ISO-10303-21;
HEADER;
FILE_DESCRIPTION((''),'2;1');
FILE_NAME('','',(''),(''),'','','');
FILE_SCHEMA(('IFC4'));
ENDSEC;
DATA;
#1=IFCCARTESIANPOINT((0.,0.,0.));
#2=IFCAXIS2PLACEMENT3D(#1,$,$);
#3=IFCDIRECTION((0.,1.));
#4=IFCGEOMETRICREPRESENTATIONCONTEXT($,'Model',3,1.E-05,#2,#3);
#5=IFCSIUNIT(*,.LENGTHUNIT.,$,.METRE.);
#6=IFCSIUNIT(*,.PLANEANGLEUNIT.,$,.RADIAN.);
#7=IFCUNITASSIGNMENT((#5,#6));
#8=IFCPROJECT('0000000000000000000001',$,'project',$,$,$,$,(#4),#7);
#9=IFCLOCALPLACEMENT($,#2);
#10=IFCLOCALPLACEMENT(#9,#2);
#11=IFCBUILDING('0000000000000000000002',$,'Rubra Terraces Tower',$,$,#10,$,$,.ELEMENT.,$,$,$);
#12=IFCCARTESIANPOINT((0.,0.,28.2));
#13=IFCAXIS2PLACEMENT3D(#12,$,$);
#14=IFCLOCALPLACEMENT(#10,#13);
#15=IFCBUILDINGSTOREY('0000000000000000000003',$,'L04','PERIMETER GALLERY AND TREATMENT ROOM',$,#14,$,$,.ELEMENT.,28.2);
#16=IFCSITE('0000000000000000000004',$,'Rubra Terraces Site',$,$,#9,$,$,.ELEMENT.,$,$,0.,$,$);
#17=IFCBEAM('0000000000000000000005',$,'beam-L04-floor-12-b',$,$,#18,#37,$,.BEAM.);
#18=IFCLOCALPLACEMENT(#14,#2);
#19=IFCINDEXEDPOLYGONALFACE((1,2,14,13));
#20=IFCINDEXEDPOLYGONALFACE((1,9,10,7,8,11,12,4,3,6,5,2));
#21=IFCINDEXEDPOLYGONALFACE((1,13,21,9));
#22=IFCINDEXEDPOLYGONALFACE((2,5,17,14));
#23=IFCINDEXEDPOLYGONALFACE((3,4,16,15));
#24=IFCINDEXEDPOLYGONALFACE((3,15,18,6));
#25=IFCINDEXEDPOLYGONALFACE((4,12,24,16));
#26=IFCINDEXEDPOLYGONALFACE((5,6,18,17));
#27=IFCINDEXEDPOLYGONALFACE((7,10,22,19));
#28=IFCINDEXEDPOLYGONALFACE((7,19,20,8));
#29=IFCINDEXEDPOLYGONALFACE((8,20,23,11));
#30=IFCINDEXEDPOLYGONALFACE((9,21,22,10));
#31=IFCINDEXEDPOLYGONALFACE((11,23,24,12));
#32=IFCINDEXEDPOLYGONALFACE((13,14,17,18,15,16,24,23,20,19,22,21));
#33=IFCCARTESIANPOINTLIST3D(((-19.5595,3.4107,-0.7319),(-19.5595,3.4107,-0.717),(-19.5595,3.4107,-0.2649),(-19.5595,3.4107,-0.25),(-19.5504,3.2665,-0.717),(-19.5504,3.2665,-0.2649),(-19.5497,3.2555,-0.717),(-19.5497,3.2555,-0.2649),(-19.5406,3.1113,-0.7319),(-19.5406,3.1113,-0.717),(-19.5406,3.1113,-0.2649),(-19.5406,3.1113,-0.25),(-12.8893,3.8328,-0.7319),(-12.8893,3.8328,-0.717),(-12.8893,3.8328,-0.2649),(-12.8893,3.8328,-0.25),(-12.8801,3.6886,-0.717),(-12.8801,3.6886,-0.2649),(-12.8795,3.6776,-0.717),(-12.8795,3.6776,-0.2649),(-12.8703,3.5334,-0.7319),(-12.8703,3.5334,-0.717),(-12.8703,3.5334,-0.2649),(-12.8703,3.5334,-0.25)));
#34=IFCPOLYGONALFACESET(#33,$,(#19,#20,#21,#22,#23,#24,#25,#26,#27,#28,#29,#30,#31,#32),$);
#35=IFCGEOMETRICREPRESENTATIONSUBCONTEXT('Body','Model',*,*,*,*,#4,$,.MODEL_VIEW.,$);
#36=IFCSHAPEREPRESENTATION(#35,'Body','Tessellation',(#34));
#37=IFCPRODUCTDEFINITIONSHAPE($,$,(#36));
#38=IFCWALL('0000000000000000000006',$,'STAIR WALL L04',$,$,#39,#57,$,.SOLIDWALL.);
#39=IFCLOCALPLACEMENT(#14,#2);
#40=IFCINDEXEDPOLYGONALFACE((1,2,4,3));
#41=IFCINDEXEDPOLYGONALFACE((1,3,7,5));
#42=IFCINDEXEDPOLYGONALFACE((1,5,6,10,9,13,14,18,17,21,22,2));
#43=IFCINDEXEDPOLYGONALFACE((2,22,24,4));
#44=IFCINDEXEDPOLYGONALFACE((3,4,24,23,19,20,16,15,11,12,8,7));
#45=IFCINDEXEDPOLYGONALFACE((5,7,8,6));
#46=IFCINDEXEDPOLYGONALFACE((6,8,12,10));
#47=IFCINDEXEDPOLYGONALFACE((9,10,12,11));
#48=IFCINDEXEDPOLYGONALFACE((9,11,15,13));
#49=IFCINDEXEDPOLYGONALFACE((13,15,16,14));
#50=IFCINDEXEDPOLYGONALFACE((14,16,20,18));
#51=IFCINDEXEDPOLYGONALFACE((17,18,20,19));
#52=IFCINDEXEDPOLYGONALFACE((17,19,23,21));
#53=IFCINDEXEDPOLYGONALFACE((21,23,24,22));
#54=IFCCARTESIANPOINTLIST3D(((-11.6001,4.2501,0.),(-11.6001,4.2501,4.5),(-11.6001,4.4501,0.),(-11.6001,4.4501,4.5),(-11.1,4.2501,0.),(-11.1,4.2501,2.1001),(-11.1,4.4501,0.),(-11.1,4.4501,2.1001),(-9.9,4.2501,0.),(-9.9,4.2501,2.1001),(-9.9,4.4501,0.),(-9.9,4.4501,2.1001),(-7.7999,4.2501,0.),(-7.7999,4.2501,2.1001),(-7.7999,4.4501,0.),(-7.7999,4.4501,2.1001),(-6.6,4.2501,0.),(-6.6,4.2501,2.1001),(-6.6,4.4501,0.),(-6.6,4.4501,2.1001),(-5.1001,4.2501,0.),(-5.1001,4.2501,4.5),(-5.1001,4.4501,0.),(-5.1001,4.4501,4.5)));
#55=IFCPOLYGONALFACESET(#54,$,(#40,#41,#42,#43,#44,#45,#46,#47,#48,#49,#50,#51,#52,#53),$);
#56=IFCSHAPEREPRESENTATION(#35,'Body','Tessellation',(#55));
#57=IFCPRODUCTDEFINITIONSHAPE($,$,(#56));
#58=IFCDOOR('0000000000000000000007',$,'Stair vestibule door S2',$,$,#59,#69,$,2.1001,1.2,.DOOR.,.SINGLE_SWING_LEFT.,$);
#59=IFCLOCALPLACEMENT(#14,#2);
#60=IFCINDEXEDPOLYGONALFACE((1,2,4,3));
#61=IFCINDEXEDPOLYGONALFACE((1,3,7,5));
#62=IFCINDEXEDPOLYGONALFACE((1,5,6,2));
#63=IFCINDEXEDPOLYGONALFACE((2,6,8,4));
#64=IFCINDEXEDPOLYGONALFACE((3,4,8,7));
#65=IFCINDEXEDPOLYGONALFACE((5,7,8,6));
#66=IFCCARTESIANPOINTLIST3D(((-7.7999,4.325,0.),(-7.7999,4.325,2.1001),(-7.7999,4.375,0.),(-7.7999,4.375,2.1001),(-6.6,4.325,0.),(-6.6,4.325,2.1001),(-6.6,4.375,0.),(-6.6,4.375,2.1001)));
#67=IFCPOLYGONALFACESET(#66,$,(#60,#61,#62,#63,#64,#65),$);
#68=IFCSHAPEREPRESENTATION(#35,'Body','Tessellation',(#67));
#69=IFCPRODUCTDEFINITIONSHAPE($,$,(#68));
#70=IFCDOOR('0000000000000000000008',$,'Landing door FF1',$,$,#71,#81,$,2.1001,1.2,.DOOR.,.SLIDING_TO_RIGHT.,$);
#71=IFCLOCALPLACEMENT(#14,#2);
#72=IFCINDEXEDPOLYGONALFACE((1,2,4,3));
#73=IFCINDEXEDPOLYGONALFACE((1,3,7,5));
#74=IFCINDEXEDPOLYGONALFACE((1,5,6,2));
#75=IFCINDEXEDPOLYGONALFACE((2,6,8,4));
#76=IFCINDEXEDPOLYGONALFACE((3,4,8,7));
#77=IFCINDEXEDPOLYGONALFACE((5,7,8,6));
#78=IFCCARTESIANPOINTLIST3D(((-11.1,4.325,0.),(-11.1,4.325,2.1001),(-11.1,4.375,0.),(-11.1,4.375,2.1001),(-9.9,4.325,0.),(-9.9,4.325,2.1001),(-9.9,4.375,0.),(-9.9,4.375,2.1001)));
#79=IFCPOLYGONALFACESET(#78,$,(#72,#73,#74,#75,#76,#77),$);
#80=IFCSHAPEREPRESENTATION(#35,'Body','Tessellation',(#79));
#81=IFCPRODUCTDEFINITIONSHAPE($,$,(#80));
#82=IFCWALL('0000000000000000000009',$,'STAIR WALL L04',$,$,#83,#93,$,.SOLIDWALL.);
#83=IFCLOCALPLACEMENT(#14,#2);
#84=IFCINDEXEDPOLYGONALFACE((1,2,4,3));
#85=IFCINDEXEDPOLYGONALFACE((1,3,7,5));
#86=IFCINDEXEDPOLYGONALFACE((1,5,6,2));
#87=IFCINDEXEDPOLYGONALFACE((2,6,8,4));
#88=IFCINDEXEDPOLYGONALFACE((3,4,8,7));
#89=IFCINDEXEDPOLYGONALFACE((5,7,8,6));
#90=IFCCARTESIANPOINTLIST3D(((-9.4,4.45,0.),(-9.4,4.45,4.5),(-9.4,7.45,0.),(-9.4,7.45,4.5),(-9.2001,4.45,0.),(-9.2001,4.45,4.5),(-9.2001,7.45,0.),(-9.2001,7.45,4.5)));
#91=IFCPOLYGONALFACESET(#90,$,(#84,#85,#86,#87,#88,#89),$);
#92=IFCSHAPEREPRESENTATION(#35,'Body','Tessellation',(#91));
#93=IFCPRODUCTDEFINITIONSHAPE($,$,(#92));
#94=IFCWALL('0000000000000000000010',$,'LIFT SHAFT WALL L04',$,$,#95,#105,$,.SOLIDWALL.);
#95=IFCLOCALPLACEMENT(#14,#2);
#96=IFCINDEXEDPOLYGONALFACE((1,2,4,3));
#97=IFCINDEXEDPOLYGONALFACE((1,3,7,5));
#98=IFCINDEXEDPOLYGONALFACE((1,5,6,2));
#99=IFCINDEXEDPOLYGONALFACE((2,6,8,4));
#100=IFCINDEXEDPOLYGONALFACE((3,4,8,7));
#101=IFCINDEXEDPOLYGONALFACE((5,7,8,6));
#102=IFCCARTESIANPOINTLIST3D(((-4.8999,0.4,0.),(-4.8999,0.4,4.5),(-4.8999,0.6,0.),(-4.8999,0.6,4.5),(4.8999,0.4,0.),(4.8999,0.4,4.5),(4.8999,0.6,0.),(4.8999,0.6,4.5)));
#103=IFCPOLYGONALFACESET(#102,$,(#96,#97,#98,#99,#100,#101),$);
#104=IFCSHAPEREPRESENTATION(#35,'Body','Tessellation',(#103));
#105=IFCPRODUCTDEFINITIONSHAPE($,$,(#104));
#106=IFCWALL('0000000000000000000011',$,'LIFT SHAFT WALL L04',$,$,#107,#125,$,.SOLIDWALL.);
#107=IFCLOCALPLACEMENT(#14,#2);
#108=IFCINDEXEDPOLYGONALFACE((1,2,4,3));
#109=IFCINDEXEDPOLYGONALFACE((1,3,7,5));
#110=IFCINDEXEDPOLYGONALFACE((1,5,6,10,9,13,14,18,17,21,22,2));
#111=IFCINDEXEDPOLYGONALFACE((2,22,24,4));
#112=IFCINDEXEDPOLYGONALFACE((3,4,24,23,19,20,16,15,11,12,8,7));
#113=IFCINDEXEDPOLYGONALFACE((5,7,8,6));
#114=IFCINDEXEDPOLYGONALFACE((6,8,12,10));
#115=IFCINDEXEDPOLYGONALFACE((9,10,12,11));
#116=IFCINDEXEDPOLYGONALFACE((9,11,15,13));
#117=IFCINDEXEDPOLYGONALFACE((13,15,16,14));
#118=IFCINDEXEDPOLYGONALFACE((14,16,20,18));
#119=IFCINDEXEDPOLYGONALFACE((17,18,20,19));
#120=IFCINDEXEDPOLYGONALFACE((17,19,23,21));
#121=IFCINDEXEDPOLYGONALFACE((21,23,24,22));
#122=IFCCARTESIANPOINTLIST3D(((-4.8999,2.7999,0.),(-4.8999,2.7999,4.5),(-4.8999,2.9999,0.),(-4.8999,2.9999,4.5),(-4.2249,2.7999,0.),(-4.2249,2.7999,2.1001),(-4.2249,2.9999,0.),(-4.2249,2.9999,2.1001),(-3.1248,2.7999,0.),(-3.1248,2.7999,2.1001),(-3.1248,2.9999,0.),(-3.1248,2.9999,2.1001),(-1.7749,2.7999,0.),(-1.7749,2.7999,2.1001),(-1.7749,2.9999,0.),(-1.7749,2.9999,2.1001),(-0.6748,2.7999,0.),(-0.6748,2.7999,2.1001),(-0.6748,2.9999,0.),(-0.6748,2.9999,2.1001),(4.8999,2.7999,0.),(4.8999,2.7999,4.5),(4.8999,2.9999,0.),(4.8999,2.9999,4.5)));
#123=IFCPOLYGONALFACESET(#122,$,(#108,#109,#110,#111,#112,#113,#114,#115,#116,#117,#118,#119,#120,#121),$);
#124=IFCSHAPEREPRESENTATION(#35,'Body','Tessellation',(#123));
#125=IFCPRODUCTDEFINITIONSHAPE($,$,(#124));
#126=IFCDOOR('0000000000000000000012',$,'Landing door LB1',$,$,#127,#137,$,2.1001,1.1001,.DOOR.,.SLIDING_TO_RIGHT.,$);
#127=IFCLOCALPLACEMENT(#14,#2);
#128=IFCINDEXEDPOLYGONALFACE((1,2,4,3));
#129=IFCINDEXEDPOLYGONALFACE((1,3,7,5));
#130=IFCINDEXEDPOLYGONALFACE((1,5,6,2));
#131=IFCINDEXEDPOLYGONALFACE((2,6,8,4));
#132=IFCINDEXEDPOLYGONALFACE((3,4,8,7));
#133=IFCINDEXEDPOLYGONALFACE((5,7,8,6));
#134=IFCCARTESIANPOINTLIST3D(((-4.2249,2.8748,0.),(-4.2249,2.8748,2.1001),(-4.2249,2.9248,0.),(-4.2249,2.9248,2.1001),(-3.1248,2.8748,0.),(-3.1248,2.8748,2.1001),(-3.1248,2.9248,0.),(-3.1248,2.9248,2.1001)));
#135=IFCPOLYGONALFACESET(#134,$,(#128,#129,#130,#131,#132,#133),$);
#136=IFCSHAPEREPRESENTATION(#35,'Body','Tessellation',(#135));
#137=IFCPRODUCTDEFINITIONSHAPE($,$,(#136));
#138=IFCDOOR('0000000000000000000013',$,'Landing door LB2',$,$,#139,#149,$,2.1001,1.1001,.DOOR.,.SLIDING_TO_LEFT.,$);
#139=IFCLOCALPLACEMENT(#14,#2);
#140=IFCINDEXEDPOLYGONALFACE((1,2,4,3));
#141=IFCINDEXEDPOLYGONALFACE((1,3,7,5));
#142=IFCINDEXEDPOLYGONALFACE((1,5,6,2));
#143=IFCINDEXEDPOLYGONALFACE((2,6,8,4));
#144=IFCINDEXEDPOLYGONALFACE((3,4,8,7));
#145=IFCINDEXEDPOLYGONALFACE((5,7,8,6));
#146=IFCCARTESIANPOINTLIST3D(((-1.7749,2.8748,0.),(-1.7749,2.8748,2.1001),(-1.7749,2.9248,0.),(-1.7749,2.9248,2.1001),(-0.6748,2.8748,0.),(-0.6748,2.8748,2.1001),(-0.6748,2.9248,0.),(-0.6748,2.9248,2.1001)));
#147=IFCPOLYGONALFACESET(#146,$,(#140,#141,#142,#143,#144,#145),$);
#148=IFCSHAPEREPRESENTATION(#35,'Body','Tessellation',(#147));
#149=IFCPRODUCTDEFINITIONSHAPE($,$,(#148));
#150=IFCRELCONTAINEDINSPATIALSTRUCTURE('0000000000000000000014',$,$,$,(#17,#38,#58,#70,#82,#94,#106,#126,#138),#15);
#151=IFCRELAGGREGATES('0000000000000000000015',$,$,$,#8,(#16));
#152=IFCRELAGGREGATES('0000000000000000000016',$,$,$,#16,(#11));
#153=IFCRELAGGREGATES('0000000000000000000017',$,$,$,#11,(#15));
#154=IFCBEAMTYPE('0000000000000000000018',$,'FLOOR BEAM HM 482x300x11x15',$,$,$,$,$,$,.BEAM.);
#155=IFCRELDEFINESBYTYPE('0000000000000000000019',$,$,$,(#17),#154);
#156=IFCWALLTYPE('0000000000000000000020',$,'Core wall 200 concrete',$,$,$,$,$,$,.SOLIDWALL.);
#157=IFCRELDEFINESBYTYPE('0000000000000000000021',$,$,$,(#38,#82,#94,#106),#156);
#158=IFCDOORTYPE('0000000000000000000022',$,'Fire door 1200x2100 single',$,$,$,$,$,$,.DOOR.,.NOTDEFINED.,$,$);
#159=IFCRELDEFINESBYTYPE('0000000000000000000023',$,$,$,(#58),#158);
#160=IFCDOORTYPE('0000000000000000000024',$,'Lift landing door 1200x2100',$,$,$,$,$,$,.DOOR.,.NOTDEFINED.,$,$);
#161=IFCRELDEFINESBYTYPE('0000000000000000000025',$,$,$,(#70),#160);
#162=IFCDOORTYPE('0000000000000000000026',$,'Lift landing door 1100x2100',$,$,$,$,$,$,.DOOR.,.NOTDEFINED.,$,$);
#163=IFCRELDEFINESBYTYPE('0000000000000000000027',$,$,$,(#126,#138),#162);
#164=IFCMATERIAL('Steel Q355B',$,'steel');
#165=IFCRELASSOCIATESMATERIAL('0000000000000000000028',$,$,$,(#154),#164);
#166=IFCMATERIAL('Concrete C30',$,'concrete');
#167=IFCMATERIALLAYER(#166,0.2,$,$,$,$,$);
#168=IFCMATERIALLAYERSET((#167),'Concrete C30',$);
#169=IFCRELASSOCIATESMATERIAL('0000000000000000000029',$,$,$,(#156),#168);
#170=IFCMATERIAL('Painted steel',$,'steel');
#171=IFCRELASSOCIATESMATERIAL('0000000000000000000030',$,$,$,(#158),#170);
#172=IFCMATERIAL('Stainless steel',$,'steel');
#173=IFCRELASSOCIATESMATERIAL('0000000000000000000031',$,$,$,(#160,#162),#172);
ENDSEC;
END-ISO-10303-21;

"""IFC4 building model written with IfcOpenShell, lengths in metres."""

from ifc_helpers import new_model, si_unit, direction, frame, frame_2d, origin, origin_2d, place, context, subcontext, project, spatial, rectangle, i_section, extrude, material, layer, layer_set, material_profile, profile_set, type_object, element, fill, save


model = new_model("IFC4")

# Units and contexts
model_context = context("Model", 3, precision=1e-05, world=origin(), true_north=direction((0.0, 1.0)))
body_context = subcontext(model_context, "Body", "Model", "MODEL_VIEW")
ifc_project = project(units=[si_unit("LENGTHUNIT", "METRE"), si_unit("PLANEANGLEUNIT", "RADIAN")], contexts=[model_context])

# Site, building, storey
site_placement = place(None, origin())
site = spatial("IfcSite", under=ifc_project, at=site_placement, Name="Rubra Terraces Site", CompositionType="ELEMENT", RefElevation=0.0)
building_placement = place(site_placement, origin())
building = spatial("IfcBuilding", under=site, at=building_placement, Name="Rubra Terraces Tower", CompositionType="ELEMENT")
storey_placement = place(building_placement, frame((0.0, 0.0, 28.2)))
storey = spatial("IfcBuildingStorey", under=building, at=storey_placement, Name="L04", Description="PERIMETER GALLERY AND TREATMENT ROOM", CompositionType="ELEMENT", Elevation=28.2)

# Beam
ifc_material_1 = material(Name="Steel Q355B", Category="steel")
ifc_material_profile = material_profile(ifc_material_1, i_section(OverallWidth=0.3, OverallDepth=0.4819, WebThickness=0.011, FlangeThickness=0.0149, at=origin_2d()), Name="HM 482x300x11x15")
ifc_profile_set = profile_set([ifc_material_profile], Name="Steel Q355B")
beam_type = type_object("IfcBeamType", Name="FLOOR BEAM HM 482x300x11x15", PredefinedType="BEAM", material=ifc_profile_set)
beam_placement = place(storey_placement, frame((-19.55, 3.261, -0.491), z_axis=(0.998004, 0.063158, 0.0), x_axis=(-0.063158, 0.998004, 0.0)))
element("IfcBeam", 1, at=beam_placement, inside=storey, type_object=beam_type, Name="beam-L04-floor-12-b", PredefinedType="BEAM", context=body_context, shape_type="SweptSolid", body=[
    extrude(i_section(OverallWidth=0.3, OverallDepth=0.4819, WebThickness=0.011, FlangeThickness=0.0149, at=origin_2d()), origin(), (0.0, 0.0, 1.0), 6.6836),
])

# Wall, openings, doors
ifc_material_2 = material(Name="Concrete C30", Category="concrete")
ifc_layer_1 = layer(ifc_material_2, 0.2)
ifc_layer_set_1 = layer_set([ifc_layer_1], Name="Concrete C30")
wall_type_1 = type_object("IfcWallType", Name="Core wall 200 concrete", PredefinedType="SOLIDWALL", material=ifc_layer_set_1)
wall_1_placement = place(storey_placement, frame((-11.6001, 4.3501, 0.0), z_axis=(0.0, 0.0, 1.0), x_axis=(1.0, 0.0, 0.0)))
wall_1 = element("IfcWall", 2, at=wall_1_placement, inside=storey, type_object=wall_type_1, Name="STAIR WALL L04", PredefinedType="SOLIDWALL", context=body_context, shape_type="SweptSolid", body=[
    extrude(rectangle(XDim=6.5, YDim=0.2, at=frame_2d((3.25, 0.0))), origin(), (0.0, 0.0, 1.0), 4.5),
])
opening_1_placement = place(wall_1_placement, frame((3.8, 0.0, 0.0)))
opening_1 = element("IfcOpeningElement", 3, at=opening_1_placement, cuts=wall_1, PredefinedType="OPENING", context=body_context, shape_type="SweptSolid", body=[
    extrude(rectangle(XDim=1.2, YDim=2.1001, at=frame_2d((0.6001, 1.05))), frame((0.0, 0.1099, 0.0), z_axis=(0.0, -1.0, 0.0), x_axis=(1.0, 0.0, 0.0)), (0.0, 0.0, 1.0), 0.22),
])
opening_2_placement = place(wall_1_placement, frame((0.5, 0.0, 0.0)))
opening_2 = element("IfcOpeningElement", 4, at=opening_2_placement, cuts=wall_1, PredefinedType="OPENING", context=body_context, shape_type="SweptSolid", body=[
    extrude(rectangle(XDim=1.2, YDim=2.1001, at=frame_2d((0.6001, 1.05))), frame((0.0, 0.1099, 0.0), z_axis=(0.0, -1.0, 0.0), x_axis=(1.0, 0.0, 0.0)), (0.0, 0.0, 1.0), 0.22),
])
ifc_material_3 = material(Name="Painted steel", Category="steel")
door_type_1 = type_object("IfcDoorType", Name="Fire door 1200x2100 single", OperationType="NOTDEFINED", PredefinedType="DOOR", material=ifc_material_3)
door_1_placement = place(opening_1_placement, origin())
door_1 = element("IfcDoor", 5, at=door_1_placement, inside=storey, type_object=door_type_1, Name="Stair vestibule door S2", OperationType="SINGLE_SWING_LEFT", OverallHeight=2.1001, OverallWidth=1.2, PredefinedType="DOOR", context=body_context, shape_type="SweptSolid", body=[
    extrude(rectangle(XDim=1.2, YDim=2.1001, at=frame_2d((0.6001, 1.05))), frame((0.0, 0.0249, 0.0), z_axis=(0.0, -1.0, 0.0), x_axis=(1.0, 0.0, 0.0)), (0.0, 0.0, 1.0), 0.05),
])
fill(opening_1, door_1)
ifc_material_4 = material(Name="Stainless steel", Category="steel")
door_type_2 = type_object("IfcDoorType", Name="Lift landing door 1200x2100", OperationType="NOTDEFINED", PredefinedType="DOOR", material=ifc_material_4)
door_2_placement = place(opening_2_placement, origin())
door_2 = element("IfcDoor", 6, at=door_2_placement, inside=storey, type_object=door_type_2, Name="Landing door FF1", OperationType="SLIDING_TO_RIGHT", OverallHeight=2.1001, OverallWidth=1.2, PredefinedType="DOOR", context=body_context, shape_type="SweptSolid", body=[
    extrude(rectangle(XDim=1.2, YDim=2.1001, at=frame_2d((0.6001, 1.05))), frame((0.0, 0.0249, 0.0), z_axis=(0.0, -1.0, 0.0), x_axis=(1.0, 0.0, 0.0)), (0.0, 0.0, 1.0), 0.05),
])
fill(opening_2, door_2)

# Walls
wall_2_placement = place(storey_placement, frame((-9.3, 4.45, 0.0), z_axis=(0.0, 0.0, 1.0), x_axis=(0.0, 1.0, 0.0)))
element("IfcWall", 7, at=wall_2_placement, inside=storey, type_object=wall_type_1, Name="STAIR WALL L04", PredefinedType="SOLIDWALL", context=body_context, shape_type="SweptSolid", body=[
    extrude(rectangle(XDim=3.0, YDim=0.2, at=frame_2d((1.5, 0.0))), origin(), (0.0, 0.0, 1.0), 4.5),
])
wall_3_placement = place(storey_placement, frame((-4.8999, 0.5, 0.0), z_axis=(0.0, 0.0, 1.0), x_axis=(1.0, 0.0, 0.0)))
element("IfcWall", 8, at=wall_3_placement, inside=storey, type_object=wall_type_1, Name="LIFT SHAFT WALL L04", PredefinedType="SOLIDWALL", context=body_context, shape_type="SweptSolid", body=[
    extrude(rectangle(XDim=9.7998, YDim=0.2, at=frame_2d((4.8999, 0.0))), origin(), (0.0, 0.0, 1.0), 4.5),
])

# Wall, openings, doors
wall_4_placement = place(storey_placement, frame((-4.8999, 2.8999, 0.0), z_axis=(0.0, 0.0, 1.0), x_axis=(1.0, 0.0, 0.0)))
wall_4 = element("IfcWall", 9, at=wall_4_placement, inside=storey, type_object=wall_type_1, Name="LIFT SHAFT WALL L04", PredefinedType="SOLIDWALL", context=body_context, shape_type="SweptSolid", body=[
    extrude(rectangle(XDim=9.7998, YDim=0.2, at=frame_2d((4.8999, 0.0))), origin(), (0.0, 0.0, 1.0), 4.5),
])
opening_3_placement = place(wall_4_placement, frame((0.675, 0.0, 0.0)))
opening_3 = element("IfcOpeningElement", 10, at=opening_3_placement, cuts=wall_4, PredefinedType="OPENING", context=body_context, shape_type="SweptSolid", body=[
    extrude(rectangle(XDim=1.1001, YDim=2.1001, at=frame_2d((0.55, 1.05))), frame((0.0, 0.1099, 0.0), z_axis=(0.0, -1.0, 0.0), x_axis=(1.0, 0.0, 0.0)), (0.0, 0.0, 1.0), 0.22),
])
opening_4_placement = place(wall_4_placement, frame((3.125, 0.0, 0.0)))
opening_4 = element("IfcOpeningElement", 11, at=opening_4_placement, cuts=wall_4, PredefinedType="OPENING", context=body_context, shape_type="SweptSolid", body=[
    extrude(rectangle(XDim=1.1001, YDim=2.1001, at=frame_2d((0.55, 1.05))), frame((0.0, 0.1099, 0.0), z_axis=(0.0, -1.0, 0.0), x_axis=(1.0, 0.0, 0.0)), (0.0, 0.0, 1.0), 0.22),
])
door_type_3 = type_object("IfcDoorType", Name="Lift landing door 1100x2100", OperationType="NOTDEFINED", PredefinedType="DOOR", material=ifc_material_4)
door_3_placement = place(opening_3_placement, origin())
door_3 = element("IfcDoor", 12, at=door_3_placement, inside=storey, type_object=door_type_3, Name="Landing door LB1", OperationType="SLIDING_TO_RIGHT", OverallHeight=2.1001, OverallWidth=1.1001, PredefinedType="DOOR", context=body_context, shape_type="SweptSolid", body=[
    extrude(rectangle(XDim=1.1001, YDim=2.1001, at=frame_2d((0.55, 1.05))), frame((0.0, 0.0249, 0.0), z_axis=(0.0, -1.0, 0.0), x_axis=(1.0, 0.0, 0.0)), (0.0, 0.0, 1.0), 0.05),
])
fill(opening_3, door_3)
door_4_placement = place(opening_4_placement, origin())
door_4 = element("IfcDoor", 13, at=door_4_placement, inside=storey, type_object=door_type_3, Name="Landing door LB2", OperationType="SLIDING_TO_LEFT", OverallHeight=2.1001, OverallWidth=1.1001, PredefinedType="DOOR", context=body_context, shape_type="SweptSolid", body=[
    extrude(rectangle(XDim=1.1001, YDim=2.1001, at=frame_2d((0.55, 1.05))), frame((0.0, 0.0249, 0.0), z_axis=(0.0, -1.0, 0.0), x_axis=(1.0, 0.0, 0.0)), (0.0, 0.0, 1.0), 0.05),
])
fill(opening_4, door_4)

save(model, "model.ifc")
